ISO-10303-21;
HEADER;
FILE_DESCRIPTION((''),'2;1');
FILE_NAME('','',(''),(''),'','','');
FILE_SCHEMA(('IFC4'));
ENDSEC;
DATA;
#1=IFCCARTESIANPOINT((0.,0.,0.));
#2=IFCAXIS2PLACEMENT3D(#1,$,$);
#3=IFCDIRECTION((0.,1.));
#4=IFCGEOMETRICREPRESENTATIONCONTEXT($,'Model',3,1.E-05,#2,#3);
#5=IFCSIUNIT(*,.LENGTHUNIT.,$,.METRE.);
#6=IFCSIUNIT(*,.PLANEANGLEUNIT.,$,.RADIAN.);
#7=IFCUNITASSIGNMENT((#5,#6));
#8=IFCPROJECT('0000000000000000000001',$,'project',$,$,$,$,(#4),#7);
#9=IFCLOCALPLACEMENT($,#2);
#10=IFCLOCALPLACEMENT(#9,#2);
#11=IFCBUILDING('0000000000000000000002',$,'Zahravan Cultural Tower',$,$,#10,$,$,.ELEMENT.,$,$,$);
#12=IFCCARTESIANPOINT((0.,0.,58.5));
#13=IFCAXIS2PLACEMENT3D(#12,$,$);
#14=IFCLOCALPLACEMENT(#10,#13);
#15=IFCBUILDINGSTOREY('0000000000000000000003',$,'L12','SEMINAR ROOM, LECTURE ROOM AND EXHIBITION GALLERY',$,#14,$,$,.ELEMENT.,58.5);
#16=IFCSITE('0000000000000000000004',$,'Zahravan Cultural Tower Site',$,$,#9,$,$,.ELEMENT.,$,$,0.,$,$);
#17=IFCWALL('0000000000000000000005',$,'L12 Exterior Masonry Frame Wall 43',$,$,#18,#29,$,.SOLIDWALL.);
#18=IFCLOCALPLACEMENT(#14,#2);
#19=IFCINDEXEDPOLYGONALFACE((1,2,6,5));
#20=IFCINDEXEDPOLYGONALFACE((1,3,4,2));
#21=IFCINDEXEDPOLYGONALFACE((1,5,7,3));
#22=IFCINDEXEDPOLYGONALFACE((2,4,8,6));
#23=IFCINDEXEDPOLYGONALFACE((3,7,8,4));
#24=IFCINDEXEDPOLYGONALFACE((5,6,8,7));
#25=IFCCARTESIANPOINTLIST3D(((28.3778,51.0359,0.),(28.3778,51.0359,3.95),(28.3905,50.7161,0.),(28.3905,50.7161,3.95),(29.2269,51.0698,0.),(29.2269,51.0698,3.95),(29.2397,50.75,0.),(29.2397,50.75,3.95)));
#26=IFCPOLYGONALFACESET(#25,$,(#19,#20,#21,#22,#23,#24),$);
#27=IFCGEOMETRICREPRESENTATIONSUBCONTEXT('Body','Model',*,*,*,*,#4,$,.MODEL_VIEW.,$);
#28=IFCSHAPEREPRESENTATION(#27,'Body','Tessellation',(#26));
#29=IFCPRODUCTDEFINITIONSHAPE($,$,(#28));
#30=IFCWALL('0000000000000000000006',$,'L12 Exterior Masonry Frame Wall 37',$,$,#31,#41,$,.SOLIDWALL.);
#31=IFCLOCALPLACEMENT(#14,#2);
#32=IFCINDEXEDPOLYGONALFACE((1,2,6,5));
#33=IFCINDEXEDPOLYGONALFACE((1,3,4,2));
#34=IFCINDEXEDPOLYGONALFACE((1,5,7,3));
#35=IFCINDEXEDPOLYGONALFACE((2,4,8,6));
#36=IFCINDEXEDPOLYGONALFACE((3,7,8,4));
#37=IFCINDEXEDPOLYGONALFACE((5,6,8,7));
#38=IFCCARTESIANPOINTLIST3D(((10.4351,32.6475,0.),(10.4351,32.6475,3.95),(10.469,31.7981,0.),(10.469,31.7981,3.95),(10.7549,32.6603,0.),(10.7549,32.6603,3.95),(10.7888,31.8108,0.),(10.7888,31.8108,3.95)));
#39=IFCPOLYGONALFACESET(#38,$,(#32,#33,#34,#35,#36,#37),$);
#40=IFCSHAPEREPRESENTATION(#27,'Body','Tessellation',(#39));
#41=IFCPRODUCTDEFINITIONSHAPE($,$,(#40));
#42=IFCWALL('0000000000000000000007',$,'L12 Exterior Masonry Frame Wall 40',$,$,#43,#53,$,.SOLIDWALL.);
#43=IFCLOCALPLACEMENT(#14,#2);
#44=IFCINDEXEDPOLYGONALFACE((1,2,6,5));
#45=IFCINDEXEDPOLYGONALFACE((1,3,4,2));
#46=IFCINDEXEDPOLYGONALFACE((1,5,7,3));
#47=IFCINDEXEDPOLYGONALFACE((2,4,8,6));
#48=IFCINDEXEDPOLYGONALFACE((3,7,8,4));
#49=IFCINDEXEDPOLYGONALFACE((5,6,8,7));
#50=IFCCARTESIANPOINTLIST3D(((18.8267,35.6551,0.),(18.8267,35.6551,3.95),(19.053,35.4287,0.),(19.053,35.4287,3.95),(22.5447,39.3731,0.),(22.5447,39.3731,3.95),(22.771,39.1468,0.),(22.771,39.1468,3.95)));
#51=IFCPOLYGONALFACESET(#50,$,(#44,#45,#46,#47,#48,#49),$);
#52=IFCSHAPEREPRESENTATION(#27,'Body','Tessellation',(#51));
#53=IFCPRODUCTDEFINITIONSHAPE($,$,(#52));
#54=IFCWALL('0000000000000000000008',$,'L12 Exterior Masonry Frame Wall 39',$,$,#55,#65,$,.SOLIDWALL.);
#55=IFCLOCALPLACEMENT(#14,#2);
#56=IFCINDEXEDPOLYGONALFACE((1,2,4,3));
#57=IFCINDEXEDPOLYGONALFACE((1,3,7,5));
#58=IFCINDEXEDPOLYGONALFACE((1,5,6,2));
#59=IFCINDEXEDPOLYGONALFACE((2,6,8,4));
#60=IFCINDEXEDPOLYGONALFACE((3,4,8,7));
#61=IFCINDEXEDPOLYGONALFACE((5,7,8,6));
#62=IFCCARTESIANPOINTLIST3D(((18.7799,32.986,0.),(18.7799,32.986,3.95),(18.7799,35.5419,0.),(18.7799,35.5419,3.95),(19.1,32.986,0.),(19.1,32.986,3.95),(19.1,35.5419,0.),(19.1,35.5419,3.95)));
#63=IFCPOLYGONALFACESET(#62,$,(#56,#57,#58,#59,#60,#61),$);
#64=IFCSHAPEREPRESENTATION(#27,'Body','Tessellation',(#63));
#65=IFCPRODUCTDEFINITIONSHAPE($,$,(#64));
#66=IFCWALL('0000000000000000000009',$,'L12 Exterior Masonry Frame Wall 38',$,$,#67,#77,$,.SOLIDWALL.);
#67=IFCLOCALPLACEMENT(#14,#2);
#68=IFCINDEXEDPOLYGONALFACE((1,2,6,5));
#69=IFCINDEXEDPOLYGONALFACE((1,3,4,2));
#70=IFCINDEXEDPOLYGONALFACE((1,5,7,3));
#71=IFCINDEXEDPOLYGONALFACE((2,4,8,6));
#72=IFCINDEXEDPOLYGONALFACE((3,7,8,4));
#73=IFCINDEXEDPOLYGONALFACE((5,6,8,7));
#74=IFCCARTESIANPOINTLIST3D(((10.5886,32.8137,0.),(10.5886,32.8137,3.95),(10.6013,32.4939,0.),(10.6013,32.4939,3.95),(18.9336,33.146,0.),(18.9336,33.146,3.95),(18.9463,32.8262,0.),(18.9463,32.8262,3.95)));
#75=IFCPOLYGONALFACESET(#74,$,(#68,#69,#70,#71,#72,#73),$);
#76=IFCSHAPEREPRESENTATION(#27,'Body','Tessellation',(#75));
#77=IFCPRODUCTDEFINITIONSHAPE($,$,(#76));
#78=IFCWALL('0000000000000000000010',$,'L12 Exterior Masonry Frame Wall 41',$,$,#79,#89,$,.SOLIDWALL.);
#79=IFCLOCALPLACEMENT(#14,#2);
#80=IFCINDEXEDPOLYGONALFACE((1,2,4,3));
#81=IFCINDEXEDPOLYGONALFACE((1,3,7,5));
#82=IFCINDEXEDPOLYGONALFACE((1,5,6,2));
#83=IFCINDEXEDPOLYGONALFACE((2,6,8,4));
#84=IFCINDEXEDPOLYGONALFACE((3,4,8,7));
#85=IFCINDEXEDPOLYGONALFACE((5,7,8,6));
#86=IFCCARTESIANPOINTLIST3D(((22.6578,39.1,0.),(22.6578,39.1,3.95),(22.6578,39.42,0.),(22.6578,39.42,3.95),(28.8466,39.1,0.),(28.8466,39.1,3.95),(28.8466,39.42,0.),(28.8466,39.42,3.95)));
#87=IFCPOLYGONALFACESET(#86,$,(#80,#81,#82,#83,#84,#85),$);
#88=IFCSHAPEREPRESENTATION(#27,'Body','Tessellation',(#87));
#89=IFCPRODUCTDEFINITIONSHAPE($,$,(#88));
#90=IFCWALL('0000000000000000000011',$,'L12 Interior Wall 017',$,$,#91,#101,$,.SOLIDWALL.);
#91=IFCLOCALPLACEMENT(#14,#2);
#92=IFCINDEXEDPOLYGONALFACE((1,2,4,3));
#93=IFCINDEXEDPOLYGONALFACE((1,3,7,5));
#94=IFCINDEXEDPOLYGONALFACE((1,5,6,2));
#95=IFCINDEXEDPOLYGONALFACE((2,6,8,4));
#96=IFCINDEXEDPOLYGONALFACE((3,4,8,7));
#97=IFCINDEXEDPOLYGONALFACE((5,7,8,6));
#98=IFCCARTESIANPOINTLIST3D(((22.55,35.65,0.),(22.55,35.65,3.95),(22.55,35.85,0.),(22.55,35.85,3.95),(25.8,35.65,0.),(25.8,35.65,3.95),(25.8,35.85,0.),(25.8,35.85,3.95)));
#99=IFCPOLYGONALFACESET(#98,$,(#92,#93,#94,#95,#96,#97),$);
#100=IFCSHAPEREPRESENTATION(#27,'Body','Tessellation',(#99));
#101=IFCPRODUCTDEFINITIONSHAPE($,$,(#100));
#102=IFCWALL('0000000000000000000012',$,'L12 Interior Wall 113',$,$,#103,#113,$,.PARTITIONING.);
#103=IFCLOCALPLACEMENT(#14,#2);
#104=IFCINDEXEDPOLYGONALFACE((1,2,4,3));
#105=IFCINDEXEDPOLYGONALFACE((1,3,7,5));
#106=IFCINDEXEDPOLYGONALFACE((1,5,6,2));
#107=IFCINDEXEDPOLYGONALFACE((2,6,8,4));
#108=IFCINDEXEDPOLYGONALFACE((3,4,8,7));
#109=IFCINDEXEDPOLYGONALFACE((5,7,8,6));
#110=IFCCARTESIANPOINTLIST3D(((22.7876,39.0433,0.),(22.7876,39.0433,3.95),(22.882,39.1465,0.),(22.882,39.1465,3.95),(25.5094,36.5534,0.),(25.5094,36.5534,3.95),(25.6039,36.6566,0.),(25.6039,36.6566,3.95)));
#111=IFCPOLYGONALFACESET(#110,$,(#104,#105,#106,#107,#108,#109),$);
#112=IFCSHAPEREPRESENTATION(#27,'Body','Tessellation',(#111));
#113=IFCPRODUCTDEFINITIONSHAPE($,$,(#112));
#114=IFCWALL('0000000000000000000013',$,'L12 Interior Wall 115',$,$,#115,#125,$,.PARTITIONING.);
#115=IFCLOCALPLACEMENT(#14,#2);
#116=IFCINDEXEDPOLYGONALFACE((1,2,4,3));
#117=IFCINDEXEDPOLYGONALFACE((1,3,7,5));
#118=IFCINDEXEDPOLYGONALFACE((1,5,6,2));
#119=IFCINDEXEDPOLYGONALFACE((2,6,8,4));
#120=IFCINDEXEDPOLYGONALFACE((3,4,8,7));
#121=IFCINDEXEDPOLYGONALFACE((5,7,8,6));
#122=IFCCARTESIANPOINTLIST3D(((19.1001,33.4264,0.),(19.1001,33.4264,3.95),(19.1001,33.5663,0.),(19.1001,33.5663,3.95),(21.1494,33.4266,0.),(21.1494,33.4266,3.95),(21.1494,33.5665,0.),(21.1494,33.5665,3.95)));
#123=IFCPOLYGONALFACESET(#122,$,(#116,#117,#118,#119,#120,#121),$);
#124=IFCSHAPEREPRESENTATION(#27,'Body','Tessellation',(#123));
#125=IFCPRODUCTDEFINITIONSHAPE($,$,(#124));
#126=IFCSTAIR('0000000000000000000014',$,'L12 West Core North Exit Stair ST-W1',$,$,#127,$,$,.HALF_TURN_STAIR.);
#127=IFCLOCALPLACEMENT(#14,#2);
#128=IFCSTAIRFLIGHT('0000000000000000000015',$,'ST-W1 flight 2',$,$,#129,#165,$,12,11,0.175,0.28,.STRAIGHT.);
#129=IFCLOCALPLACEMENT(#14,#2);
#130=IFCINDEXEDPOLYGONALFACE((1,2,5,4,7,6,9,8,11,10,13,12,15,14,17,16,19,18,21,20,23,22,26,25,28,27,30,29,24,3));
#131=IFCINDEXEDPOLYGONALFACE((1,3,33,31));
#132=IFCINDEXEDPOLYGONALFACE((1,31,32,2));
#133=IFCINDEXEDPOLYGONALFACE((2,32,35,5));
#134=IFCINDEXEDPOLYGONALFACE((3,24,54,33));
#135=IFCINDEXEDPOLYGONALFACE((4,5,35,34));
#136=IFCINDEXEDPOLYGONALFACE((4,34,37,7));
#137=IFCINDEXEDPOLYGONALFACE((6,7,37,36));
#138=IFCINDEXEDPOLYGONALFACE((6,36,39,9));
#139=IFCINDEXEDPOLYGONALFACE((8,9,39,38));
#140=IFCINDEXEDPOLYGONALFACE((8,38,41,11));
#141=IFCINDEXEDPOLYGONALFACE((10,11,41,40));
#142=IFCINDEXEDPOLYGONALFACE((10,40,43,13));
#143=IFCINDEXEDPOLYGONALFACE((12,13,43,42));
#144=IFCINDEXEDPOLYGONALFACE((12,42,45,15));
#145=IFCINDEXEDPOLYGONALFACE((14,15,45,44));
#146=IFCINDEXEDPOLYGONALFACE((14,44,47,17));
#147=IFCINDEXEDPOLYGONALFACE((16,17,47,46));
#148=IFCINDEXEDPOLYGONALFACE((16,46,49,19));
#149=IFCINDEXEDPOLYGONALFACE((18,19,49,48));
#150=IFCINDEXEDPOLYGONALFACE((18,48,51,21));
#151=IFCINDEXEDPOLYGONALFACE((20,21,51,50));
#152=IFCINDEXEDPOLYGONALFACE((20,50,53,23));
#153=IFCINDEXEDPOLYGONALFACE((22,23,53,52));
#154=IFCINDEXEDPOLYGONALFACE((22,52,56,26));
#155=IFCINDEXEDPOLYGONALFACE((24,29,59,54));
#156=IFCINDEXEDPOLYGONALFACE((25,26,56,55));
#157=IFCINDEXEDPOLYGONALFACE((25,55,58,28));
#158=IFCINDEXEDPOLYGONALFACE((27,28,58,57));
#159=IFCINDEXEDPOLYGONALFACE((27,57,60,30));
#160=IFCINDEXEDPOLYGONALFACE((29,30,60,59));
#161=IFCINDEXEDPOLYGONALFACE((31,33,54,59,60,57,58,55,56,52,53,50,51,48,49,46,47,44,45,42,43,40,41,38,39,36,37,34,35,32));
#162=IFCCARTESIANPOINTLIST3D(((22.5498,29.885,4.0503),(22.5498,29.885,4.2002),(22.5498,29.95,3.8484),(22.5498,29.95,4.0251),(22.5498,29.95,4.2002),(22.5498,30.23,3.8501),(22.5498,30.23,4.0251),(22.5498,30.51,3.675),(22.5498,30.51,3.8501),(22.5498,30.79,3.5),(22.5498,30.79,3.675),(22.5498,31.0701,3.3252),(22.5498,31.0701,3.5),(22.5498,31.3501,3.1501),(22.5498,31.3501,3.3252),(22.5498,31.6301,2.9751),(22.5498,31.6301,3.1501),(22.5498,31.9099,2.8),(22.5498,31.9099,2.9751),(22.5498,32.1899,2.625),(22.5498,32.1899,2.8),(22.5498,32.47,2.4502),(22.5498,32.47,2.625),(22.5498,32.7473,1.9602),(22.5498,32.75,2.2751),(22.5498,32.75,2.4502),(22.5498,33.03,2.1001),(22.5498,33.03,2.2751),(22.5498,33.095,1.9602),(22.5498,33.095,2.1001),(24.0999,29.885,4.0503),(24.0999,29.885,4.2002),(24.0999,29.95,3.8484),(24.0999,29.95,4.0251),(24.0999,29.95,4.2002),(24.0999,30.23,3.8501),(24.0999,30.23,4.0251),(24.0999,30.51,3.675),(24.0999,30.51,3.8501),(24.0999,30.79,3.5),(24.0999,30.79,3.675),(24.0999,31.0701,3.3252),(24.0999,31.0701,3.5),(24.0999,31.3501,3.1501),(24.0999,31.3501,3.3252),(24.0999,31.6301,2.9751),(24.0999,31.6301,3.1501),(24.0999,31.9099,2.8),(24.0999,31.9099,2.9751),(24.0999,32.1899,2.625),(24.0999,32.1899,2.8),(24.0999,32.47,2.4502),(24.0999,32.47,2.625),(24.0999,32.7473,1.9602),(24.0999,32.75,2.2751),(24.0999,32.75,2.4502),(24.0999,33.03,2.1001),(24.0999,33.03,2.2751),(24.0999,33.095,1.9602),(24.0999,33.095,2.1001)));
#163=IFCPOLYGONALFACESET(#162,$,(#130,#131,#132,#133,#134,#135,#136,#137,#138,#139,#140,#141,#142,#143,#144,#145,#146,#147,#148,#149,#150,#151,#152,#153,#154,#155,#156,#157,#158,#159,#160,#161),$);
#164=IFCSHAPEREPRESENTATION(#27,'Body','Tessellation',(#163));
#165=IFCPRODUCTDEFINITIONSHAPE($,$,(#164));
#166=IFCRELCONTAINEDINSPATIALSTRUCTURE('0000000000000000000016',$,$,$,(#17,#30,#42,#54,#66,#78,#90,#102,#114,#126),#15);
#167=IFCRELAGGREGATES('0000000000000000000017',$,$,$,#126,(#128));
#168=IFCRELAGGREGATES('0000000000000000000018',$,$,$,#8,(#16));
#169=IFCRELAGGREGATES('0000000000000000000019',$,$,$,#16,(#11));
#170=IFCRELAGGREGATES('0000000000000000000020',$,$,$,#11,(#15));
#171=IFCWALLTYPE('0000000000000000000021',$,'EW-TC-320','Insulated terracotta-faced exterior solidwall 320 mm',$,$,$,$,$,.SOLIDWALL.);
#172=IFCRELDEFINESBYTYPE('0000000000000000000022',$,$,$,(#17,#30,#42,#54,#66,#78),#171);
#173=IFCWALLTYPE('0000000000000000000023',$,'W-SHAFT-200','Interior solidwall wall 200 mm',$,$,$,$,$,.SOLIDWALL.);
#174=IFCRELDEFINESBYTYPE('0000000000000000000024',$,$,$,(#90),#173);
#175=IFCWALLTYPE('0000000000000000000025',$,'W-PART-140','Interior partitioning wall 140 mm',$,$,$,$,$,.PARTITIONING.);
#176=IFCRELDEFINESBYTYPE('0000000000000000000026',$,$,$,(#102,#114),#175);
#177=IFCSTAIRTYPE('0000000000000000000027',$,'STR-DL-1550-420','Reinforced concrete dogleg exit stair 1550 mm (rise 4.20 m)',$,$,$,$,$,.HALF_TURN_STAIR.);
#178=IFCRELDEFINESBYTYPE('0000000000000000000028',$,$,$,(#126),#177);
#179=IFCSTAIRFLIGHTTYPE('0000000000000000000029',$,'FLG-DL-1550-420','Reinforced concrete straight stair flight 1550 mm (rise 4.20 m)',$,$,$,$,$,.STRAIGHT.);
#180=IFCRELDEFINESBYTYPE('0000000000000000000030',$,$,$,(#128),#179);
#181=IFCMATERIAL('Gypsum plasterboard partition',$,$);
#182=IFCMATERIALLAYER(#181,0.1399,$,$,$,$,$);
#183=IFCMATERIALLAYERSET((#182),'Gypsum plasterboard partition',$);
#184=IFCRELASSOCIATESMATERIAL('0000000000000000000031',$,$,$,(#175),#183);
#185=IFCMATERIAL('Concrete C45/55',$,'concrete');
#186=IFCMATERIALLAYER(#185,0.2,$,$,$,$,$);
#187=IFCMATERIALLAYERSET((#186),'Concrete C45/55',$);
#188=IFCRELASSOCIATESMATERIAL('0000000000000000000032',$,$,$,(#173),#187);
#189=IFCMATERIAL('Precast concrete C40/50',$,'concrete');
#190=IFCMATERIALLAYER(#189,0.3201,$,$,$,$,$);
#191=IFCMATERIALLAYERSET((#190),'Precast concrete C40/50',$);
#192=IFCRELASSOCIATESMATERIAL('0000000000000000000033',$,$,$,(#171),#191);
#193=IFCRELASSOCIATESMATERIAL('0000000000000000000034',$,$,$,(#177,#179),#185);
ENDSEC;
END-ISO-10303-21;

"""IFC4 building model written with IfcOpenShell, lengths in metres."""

from ifc_helpers import new_model, si_unit, direction, frame, frame_2d, origin, place, context, subcontext, project, spatial, polyline, rectangle, outline, extrude, source, transform, mapped, material, layer, layer_set, type_object, element, aggregate, save


model = new_model("IFC4")

# Units and contexts
model_context = context("Model", 3, precision=1e-05, world=origin(), true_north=direction((0.0, 1.0)))
body_context = subcontext(model_context, "Body", "Model", "MODEL_VIEW")
ifc_project = project(units=[si_unit("LENGTHUNIT", "METRE"), si_unit("PLANEANGLEUNIT", "RADIAN")], contexts=[model_context])

# Site, building, storey
site_placement = place(None, origin())
site = spatial("IfcSite", under=ifc_project, at=site_placement, Name="Zahravan Cultural Tower Site", CompositionType="ELEMENT", RefElevation=0.0)
building_placement = place(site_placement, origin())
building = spatial("IfcBuilding", under=site, at=building_placement, Name="Zahravan Cultural Tower", CompositionType="ELEMENT")
storey_placement = place(building_placement, frame((0.0, 0.0, 58.5)))
storey = spatial("IfcBuildingStorey", under=building, at=storey_placement, Name="L12", Description="SEMINAR ROOM, LECTURE ROOM AND EXHIBITION GALLERY", CompositionType="ELEMENT", Elevation=58.5)

# Shared definitions
ifc_material_1 = material(Name="Gypsum plasterboard partition")
ifc_layer_1 = layer(ifc_material_1, 0.1399)
ifc_layer_set_1 = layer_set([ifc_layer_1], Name="Gypsum plasterboard partition")
wall_type_1 = type_object("IfcWallType", Name="W-PART-140", Description="Interior partitioning wall 140 mm", PredefinedType="PARTITIONING", material=ifc_layer_set_1)
ifc_material_2 = material(Name="Concrete C45/55", Category="concrete")
ifc_layer_2 = layer(ifc_material_2, 0.2)
ifc_layer_set_2 = layer_set([ifc_layer_2], Name="Concrete C45/55")
wall_type_2 = type_object("IfcWallType", Name="W-SHAFT-200", Description="Interior solidwall wall 200 mm", PredefinedType="SOLIDWALL", material=ifc_layer_set_2)

# Walls
ifc_material_3 = material(Name="Precast concrete C40/50", Category="concrete")
ifc_layer_3 = layer(ifc_material_3, 0.3201)
ifc_layer_set_3 = layer_set([ifc_layer_3], Name="Precast concrete C40/50")
wall_type_3 = type_object("IfcWallType", Name="EW-TC-320", Description="Insulated terracotta-faced exterior solidwall 320 mm", PredefinedType="SOLIDWALL", material=ifc_layer_set_3)
shared_shape_1 = source(origin(), body_context, "Body", "SweptSolid", [
    extrude(rectangle(XDim=0.8499, YDim=0.3201, at=frame_2d((0.4248, 0.0))), origin(), (0.0, 0.0, 1.0), 3.95),
])
wall_1_placement = place(storey_placement, frame((28.3843, 50.876, 0.0), z_axis=(0.0, 0.0, 1.0), x_axis=(0.999202, 0.039934, 0.0)))
element("IfcWall", 1, at=wall_1_placement, inside=storey, type_object=wall_type_3, Name="L12 Exterior Masonry Frame Wall 43", PredefinedType="SOLIDWALL", context=body_context, shape_type="MappedRepresentation", body=[
    mapped(shared_shape_1, transform((0.0, 0.0, 0.0), x_axis=(1.0, 0.0, 0.0), y_axis=(0.0, 1.0, 0.0), z_axis=(0.0, 0.0, 1.0), scale=1.0)),
])
shared_shape_2 = source(origin(), body_context, "Body", "SweptSolid", [
    extrude(rectangle(XDim=0.8501, YDim=0.3201, at=frame_2d((0.425, 0.0))), origin(), (0.0, 0.0, 1.0), 3.95),
])
wall_2_placement = place(storey_placement, frame((10.6289, 31.8044, 0.0), z_axis=(0.0, 0.0, 1.0), x_axis=(-0.039922, 0.999203, 0.0)))
element("IfcWall", 2, at=wall_2_placement, inside=storey, type_object=wall_type_3, Name="L12 Exterior Masonry Frame Wall 37", PredefinedType="SOLIDWALL", context=body_context, shape_type="MappedRepresentation", body=[
    mapped(shared_shape_2, transform((0.0, 0.0, 0.0), x_axis=(1.0, 0.0, 0.0), y_axis=(0.0, 1.0, 0.0), z_axis=(0.0, 0.0, 1.0), scale=1.0)),
])
shared_shape_3 = source(origin(), body_context, "Body", "SweptSolid", [
    extrude(rectangle(XDim=5.2581, YDim=0.3201, at=frame_2d((2.6289, 0.0))), origin(), (0.0, 0.0, 1.0), 3.95),
])
wall_3_placement = place(storey_placement, frame((18.9399, 35.542, 0.0), z_axis=(0.0, 0.0, 1.0), x_axis=(0.707107, 0.707107, 0.0)))
element("IfcWall", 3, at=wall_3_placement, inside=storey, type_object=wall_type_3, Name="L12 Exterior Masonry Frame Wall 40", PredefinedType="SOLIDWALL", context=body_context, shape_type="MappedRepresentation", body=[
    mapped(shared_shape_3, transform((0.0, 0.0, 0.0), x_axis=(1.0, 0.0, 0.0), y_axis=(0.0, 1.0, 0.0), z_axis=(0.0, 0.0, 1.0), scale=1.0)),
])
shared_shape_4 = source(origin(), body_context, "Body", "SweptSolid", [
    extrude(rectangle(XDim=2.5559, YDim=0.3201, at=frame_2d((1.2778, 0.0))), origin(), (0.0, 0.0, 1.0), 3.95),
])
wall_4_placement = place(storey_placement, frame((18.9399, 32.9861, 0.0), z_axis=(0.0, 0.0, 1.0), x_axis=(0.0, 1.0, 0.0)))
element("IfcWall", 4, at=wall_4_placement, inside=storey, type_object=wall_type_3, Name="L12 Exterior Masonry Frame Wall 39", PredefinedType="SOLIDWALL", context=body_context, shape_type="MappedRepresentation", body=[
    mapped(shared_shape_4, transform((0.0, 0.0, 0.0), x_axis=(1.0, 0.0, 0.0), y_axis=(0.0, 1.0, 0.0), z_axis=(0.0, 0.0, 1.0), scale=1.0)),
])
shared_shape_5 = source(origin(), body_context, "Body", "SweptSolid", [
    extrude(rectangle(XDim=8.3516, YDim=0.3201, at=frame_2d((4.1758, 0.0))), origin(), (0.0, 0.0, 1.0), 3.95),
])
wall_5_placement = place(storey_placement, frame((10.595, 32.6538, 0.0), z_axis=(0.0, 0.0, 1.0), x_axis=(0.999208, 0.039786, 0.0)))
element("IfcWall", 5, at=wall_5_placement, inside=storey, type_object=wall_type_3, Name="L12 Exterior Masonry Frame Wall 38", PredefinedType="SOLIDWALL", context=body_context, shape_type="MappedRepresentation", body=[
    mapped(shared_shape_5, transform((0.0, 0.0, 0.0), x_axis=(1.0, 0.0, 0.0), y_axis=(0.0, 1.0, 0.0), z_axis=(0.0, 0.0, 1.0), scale=1.0)),
])
shared_shape_6 = source(origin(), body_context, "Body", "SweptSolid", [
    extrude(rectangle(XDim=6.1887, YDim=0.3201, at=frame_2d((3.0942, 0.0))), origin(), (0.0, 0.0, 1.0), 3.95),
])
wall_6_placement = place(storey_placement, frame((22.658, 39.26, 0.0), z_axis=(0.0, 0.0, 1.0), x_axis=(1.0, 0.0, 0.0)))
element("IfcWall", 6, at=wall_6_placement, inside=storey, type_object=wall_type_3, Name="L12 Exterior Masonry Frame Wall 41", PredefinedType="SOLIDWALL", context=body_context, shape_type="MappedRepresentation", body=[
    mapped(shared_shape_6, transform((0.0, 0.0, 0.0), x_axis=(1.0, 0.0, 0.0), y_axis=(0.0, 1.0, 0.0), z_axis=(0.0, 0.0, 1.0), scale=1.0)),
])
shared_shape_7 = source(origin(), body_context, "Body", "SweptSolid", [
    extrude(rectangle(XDim=3.25, YDim=0.2, at=frame_2d((1.625, 0.0))), origin(), (0.0, 0.0, 1.0), 3.95),
])
wall_7_placement = place(storey_placement, frame((22.55, 35.75, 0.0), z_axis=(0.0, 0.0, 1.0), x_axis=(1.0, 0.0, 0.0)))
element("IfcWall", 7, at=wall_7_placement, inside=storey, type_object=wall_type_2, Name="L12 Interior Wall 017", PredefinedType="SOLIDWALL", context=body_context, shape_type="MappedRepresentation", body=[
    mapped(shared_shape_7, transform((0.0, 0.0, 0.0), x_axis=(1.0, 0.0, 0.0), y_axis=(0.0, 1.0, 0.0), z_axis=(0.0, 0.0, 1.0), scale=1.0)),
])
shared_shape_8 = source(origin(), body_context, "Body", "SweptSolid", [
    extrude(rectangle(XDim=3.689, YDim=0.1399, at=frame_2d((1.8445, 0.0))), origin(), (0.0, 0.0, 1.0), 3.95),
])
wall_8_placement = place(storey_placement, frame((25.5566, 36.605, 0.0), z_axis=(0.0, 0.0, 1.0), x_axis=(-0.737843, 0.674972, 0.0)))
element("IfcWall", 8, at=wall_8_placement, inside=storey, type_object=wall_type_1, Name="L12 Interior Wall 113", PredefinedType="PARTITIONING", context=body_context, shape_type="MappedRepresentation", body=[
    mapped(shared_shape_8, transform((0.0, 0.0, 0.0), x_axis=(1.0, 0.0, 0.0), y_axis=(0.0, 1.0, 0.0), z_axis=(0.0, 0.0, 1.0), scale=1.0)),
])
shared_shape_9 = source(origin(), body_context, "Body", "SweptSolid", [
    extrude(rectangle(XDim=2.0493, YDim=0.1399, at=frame_2d((1.0247, 0.0))), origin(), (0.0, 0.0, 1.0), 3.95),
])
wall_9_placement = place(storey_placement, frame((21.1494, 33.4966, 0.0), z_axis=(0.0, 0.0, 1.0), x_axis=(-1.0, -0.000119, 0.0)))
element("IfcWall", 9, at=wall_9_placement, inside=storey, type_object=wall_type_1, Name="L12 Interior Wall 115", PredefinedType="PARTITIONING", context=body_context, shape_type="MappedRepresentation", body=[
    mapped(shared_shape_9, transform((0.0, 0.0, 0.0), x_axis=(1.0, 0.0, 0.0), y_axis=(0.0, 1.0, 0.0), z_axis=(0.0, 0.0, 1.0), scale=1.0)),
])

# Stair, stair flight
stair_type = type_object("IfcStairType", Name="STR-DL-1550-420", Description="Reinforced concrete dogleg exit stair 1550 mm (rise 4.20 m)", PredefinedType="HALF_TURN_STAIR", material=ifc_material_2)
stair_placement = place(storey_placement, origin())
stair = element("IfcStair", 10, at=stair_placement, inside=storey, type_object=stair_type, Name="L12 West Core North Exit Stair ST-W1", PredefinedType="HALF_TURN_STAIR")
stair_flight_type = type_object("IfcStairFlightType", Name="FLG-DL-1550-420", Description="Reinforced concrete straight stair flight 1550 mm (rise 4.20 m)", PredefinedType="STRAIGHT", material=ifc_material_2)
stair_flight_placement = place(storey_placement, frame((23.325, 33.03, 2.1001), z_axis=(0.0, 0.0, 1.0), x_axis=(0.0, -1.0, 0.0)))
stair_flight = element("IfcStairFlight", 11, at=stair_flight_placement, type_object=stair_flight_type, Name="ST-W1 flight 2", NumberOfRisers=12, NumberOfTreads=11, PredefinedType="STRAIGHT", RiserHeight=0.175, TreadLength=0.28, context=body_context, shape_type="SweptSolid", body=[
    extrude(outline(polyline([(-0.0649, -0.1399), (-0.0649, 0.0), (0.0, 0.0), (0.0, 0.175), (0.28, 0.175), (0.28, 0.3501), (0.5601, 0.3501), (0.5601, 0.5249), (0.8401, 0.5249), (0.8401, 0.7), (1.1201, 0.7), (1.1201, 0.875), (1.3999, 0.875), (1.3999, 1.05), (1.6799, 1.05), (1.6799, 1.2251), (1.96, 1.2251), (1.96, 1.3999), (2.24, 1.3999), (2.24, 1.575), (2.52, 1.575), (2.52, 1.75), (2.8, 1.75), (2.8, 1.925), (3.0801, 1.925), (3.0801, 2.1001), (3.145, 2.1001), (3.145, 1.9502), (3.0801, 1.7483), (0.2827, -0.1399), (-0.0649, -0.1399)])), frame((0.0, 0.7749, 0.0), z_axis=(0.0, -1.0, 0.0), x_axis=(1.0, 0.0, 0.0)), (0.0, 0.0, 1.0), 1.55),
])
aggregate(stair, [stair_flight])

save(model, "model.ifc")
